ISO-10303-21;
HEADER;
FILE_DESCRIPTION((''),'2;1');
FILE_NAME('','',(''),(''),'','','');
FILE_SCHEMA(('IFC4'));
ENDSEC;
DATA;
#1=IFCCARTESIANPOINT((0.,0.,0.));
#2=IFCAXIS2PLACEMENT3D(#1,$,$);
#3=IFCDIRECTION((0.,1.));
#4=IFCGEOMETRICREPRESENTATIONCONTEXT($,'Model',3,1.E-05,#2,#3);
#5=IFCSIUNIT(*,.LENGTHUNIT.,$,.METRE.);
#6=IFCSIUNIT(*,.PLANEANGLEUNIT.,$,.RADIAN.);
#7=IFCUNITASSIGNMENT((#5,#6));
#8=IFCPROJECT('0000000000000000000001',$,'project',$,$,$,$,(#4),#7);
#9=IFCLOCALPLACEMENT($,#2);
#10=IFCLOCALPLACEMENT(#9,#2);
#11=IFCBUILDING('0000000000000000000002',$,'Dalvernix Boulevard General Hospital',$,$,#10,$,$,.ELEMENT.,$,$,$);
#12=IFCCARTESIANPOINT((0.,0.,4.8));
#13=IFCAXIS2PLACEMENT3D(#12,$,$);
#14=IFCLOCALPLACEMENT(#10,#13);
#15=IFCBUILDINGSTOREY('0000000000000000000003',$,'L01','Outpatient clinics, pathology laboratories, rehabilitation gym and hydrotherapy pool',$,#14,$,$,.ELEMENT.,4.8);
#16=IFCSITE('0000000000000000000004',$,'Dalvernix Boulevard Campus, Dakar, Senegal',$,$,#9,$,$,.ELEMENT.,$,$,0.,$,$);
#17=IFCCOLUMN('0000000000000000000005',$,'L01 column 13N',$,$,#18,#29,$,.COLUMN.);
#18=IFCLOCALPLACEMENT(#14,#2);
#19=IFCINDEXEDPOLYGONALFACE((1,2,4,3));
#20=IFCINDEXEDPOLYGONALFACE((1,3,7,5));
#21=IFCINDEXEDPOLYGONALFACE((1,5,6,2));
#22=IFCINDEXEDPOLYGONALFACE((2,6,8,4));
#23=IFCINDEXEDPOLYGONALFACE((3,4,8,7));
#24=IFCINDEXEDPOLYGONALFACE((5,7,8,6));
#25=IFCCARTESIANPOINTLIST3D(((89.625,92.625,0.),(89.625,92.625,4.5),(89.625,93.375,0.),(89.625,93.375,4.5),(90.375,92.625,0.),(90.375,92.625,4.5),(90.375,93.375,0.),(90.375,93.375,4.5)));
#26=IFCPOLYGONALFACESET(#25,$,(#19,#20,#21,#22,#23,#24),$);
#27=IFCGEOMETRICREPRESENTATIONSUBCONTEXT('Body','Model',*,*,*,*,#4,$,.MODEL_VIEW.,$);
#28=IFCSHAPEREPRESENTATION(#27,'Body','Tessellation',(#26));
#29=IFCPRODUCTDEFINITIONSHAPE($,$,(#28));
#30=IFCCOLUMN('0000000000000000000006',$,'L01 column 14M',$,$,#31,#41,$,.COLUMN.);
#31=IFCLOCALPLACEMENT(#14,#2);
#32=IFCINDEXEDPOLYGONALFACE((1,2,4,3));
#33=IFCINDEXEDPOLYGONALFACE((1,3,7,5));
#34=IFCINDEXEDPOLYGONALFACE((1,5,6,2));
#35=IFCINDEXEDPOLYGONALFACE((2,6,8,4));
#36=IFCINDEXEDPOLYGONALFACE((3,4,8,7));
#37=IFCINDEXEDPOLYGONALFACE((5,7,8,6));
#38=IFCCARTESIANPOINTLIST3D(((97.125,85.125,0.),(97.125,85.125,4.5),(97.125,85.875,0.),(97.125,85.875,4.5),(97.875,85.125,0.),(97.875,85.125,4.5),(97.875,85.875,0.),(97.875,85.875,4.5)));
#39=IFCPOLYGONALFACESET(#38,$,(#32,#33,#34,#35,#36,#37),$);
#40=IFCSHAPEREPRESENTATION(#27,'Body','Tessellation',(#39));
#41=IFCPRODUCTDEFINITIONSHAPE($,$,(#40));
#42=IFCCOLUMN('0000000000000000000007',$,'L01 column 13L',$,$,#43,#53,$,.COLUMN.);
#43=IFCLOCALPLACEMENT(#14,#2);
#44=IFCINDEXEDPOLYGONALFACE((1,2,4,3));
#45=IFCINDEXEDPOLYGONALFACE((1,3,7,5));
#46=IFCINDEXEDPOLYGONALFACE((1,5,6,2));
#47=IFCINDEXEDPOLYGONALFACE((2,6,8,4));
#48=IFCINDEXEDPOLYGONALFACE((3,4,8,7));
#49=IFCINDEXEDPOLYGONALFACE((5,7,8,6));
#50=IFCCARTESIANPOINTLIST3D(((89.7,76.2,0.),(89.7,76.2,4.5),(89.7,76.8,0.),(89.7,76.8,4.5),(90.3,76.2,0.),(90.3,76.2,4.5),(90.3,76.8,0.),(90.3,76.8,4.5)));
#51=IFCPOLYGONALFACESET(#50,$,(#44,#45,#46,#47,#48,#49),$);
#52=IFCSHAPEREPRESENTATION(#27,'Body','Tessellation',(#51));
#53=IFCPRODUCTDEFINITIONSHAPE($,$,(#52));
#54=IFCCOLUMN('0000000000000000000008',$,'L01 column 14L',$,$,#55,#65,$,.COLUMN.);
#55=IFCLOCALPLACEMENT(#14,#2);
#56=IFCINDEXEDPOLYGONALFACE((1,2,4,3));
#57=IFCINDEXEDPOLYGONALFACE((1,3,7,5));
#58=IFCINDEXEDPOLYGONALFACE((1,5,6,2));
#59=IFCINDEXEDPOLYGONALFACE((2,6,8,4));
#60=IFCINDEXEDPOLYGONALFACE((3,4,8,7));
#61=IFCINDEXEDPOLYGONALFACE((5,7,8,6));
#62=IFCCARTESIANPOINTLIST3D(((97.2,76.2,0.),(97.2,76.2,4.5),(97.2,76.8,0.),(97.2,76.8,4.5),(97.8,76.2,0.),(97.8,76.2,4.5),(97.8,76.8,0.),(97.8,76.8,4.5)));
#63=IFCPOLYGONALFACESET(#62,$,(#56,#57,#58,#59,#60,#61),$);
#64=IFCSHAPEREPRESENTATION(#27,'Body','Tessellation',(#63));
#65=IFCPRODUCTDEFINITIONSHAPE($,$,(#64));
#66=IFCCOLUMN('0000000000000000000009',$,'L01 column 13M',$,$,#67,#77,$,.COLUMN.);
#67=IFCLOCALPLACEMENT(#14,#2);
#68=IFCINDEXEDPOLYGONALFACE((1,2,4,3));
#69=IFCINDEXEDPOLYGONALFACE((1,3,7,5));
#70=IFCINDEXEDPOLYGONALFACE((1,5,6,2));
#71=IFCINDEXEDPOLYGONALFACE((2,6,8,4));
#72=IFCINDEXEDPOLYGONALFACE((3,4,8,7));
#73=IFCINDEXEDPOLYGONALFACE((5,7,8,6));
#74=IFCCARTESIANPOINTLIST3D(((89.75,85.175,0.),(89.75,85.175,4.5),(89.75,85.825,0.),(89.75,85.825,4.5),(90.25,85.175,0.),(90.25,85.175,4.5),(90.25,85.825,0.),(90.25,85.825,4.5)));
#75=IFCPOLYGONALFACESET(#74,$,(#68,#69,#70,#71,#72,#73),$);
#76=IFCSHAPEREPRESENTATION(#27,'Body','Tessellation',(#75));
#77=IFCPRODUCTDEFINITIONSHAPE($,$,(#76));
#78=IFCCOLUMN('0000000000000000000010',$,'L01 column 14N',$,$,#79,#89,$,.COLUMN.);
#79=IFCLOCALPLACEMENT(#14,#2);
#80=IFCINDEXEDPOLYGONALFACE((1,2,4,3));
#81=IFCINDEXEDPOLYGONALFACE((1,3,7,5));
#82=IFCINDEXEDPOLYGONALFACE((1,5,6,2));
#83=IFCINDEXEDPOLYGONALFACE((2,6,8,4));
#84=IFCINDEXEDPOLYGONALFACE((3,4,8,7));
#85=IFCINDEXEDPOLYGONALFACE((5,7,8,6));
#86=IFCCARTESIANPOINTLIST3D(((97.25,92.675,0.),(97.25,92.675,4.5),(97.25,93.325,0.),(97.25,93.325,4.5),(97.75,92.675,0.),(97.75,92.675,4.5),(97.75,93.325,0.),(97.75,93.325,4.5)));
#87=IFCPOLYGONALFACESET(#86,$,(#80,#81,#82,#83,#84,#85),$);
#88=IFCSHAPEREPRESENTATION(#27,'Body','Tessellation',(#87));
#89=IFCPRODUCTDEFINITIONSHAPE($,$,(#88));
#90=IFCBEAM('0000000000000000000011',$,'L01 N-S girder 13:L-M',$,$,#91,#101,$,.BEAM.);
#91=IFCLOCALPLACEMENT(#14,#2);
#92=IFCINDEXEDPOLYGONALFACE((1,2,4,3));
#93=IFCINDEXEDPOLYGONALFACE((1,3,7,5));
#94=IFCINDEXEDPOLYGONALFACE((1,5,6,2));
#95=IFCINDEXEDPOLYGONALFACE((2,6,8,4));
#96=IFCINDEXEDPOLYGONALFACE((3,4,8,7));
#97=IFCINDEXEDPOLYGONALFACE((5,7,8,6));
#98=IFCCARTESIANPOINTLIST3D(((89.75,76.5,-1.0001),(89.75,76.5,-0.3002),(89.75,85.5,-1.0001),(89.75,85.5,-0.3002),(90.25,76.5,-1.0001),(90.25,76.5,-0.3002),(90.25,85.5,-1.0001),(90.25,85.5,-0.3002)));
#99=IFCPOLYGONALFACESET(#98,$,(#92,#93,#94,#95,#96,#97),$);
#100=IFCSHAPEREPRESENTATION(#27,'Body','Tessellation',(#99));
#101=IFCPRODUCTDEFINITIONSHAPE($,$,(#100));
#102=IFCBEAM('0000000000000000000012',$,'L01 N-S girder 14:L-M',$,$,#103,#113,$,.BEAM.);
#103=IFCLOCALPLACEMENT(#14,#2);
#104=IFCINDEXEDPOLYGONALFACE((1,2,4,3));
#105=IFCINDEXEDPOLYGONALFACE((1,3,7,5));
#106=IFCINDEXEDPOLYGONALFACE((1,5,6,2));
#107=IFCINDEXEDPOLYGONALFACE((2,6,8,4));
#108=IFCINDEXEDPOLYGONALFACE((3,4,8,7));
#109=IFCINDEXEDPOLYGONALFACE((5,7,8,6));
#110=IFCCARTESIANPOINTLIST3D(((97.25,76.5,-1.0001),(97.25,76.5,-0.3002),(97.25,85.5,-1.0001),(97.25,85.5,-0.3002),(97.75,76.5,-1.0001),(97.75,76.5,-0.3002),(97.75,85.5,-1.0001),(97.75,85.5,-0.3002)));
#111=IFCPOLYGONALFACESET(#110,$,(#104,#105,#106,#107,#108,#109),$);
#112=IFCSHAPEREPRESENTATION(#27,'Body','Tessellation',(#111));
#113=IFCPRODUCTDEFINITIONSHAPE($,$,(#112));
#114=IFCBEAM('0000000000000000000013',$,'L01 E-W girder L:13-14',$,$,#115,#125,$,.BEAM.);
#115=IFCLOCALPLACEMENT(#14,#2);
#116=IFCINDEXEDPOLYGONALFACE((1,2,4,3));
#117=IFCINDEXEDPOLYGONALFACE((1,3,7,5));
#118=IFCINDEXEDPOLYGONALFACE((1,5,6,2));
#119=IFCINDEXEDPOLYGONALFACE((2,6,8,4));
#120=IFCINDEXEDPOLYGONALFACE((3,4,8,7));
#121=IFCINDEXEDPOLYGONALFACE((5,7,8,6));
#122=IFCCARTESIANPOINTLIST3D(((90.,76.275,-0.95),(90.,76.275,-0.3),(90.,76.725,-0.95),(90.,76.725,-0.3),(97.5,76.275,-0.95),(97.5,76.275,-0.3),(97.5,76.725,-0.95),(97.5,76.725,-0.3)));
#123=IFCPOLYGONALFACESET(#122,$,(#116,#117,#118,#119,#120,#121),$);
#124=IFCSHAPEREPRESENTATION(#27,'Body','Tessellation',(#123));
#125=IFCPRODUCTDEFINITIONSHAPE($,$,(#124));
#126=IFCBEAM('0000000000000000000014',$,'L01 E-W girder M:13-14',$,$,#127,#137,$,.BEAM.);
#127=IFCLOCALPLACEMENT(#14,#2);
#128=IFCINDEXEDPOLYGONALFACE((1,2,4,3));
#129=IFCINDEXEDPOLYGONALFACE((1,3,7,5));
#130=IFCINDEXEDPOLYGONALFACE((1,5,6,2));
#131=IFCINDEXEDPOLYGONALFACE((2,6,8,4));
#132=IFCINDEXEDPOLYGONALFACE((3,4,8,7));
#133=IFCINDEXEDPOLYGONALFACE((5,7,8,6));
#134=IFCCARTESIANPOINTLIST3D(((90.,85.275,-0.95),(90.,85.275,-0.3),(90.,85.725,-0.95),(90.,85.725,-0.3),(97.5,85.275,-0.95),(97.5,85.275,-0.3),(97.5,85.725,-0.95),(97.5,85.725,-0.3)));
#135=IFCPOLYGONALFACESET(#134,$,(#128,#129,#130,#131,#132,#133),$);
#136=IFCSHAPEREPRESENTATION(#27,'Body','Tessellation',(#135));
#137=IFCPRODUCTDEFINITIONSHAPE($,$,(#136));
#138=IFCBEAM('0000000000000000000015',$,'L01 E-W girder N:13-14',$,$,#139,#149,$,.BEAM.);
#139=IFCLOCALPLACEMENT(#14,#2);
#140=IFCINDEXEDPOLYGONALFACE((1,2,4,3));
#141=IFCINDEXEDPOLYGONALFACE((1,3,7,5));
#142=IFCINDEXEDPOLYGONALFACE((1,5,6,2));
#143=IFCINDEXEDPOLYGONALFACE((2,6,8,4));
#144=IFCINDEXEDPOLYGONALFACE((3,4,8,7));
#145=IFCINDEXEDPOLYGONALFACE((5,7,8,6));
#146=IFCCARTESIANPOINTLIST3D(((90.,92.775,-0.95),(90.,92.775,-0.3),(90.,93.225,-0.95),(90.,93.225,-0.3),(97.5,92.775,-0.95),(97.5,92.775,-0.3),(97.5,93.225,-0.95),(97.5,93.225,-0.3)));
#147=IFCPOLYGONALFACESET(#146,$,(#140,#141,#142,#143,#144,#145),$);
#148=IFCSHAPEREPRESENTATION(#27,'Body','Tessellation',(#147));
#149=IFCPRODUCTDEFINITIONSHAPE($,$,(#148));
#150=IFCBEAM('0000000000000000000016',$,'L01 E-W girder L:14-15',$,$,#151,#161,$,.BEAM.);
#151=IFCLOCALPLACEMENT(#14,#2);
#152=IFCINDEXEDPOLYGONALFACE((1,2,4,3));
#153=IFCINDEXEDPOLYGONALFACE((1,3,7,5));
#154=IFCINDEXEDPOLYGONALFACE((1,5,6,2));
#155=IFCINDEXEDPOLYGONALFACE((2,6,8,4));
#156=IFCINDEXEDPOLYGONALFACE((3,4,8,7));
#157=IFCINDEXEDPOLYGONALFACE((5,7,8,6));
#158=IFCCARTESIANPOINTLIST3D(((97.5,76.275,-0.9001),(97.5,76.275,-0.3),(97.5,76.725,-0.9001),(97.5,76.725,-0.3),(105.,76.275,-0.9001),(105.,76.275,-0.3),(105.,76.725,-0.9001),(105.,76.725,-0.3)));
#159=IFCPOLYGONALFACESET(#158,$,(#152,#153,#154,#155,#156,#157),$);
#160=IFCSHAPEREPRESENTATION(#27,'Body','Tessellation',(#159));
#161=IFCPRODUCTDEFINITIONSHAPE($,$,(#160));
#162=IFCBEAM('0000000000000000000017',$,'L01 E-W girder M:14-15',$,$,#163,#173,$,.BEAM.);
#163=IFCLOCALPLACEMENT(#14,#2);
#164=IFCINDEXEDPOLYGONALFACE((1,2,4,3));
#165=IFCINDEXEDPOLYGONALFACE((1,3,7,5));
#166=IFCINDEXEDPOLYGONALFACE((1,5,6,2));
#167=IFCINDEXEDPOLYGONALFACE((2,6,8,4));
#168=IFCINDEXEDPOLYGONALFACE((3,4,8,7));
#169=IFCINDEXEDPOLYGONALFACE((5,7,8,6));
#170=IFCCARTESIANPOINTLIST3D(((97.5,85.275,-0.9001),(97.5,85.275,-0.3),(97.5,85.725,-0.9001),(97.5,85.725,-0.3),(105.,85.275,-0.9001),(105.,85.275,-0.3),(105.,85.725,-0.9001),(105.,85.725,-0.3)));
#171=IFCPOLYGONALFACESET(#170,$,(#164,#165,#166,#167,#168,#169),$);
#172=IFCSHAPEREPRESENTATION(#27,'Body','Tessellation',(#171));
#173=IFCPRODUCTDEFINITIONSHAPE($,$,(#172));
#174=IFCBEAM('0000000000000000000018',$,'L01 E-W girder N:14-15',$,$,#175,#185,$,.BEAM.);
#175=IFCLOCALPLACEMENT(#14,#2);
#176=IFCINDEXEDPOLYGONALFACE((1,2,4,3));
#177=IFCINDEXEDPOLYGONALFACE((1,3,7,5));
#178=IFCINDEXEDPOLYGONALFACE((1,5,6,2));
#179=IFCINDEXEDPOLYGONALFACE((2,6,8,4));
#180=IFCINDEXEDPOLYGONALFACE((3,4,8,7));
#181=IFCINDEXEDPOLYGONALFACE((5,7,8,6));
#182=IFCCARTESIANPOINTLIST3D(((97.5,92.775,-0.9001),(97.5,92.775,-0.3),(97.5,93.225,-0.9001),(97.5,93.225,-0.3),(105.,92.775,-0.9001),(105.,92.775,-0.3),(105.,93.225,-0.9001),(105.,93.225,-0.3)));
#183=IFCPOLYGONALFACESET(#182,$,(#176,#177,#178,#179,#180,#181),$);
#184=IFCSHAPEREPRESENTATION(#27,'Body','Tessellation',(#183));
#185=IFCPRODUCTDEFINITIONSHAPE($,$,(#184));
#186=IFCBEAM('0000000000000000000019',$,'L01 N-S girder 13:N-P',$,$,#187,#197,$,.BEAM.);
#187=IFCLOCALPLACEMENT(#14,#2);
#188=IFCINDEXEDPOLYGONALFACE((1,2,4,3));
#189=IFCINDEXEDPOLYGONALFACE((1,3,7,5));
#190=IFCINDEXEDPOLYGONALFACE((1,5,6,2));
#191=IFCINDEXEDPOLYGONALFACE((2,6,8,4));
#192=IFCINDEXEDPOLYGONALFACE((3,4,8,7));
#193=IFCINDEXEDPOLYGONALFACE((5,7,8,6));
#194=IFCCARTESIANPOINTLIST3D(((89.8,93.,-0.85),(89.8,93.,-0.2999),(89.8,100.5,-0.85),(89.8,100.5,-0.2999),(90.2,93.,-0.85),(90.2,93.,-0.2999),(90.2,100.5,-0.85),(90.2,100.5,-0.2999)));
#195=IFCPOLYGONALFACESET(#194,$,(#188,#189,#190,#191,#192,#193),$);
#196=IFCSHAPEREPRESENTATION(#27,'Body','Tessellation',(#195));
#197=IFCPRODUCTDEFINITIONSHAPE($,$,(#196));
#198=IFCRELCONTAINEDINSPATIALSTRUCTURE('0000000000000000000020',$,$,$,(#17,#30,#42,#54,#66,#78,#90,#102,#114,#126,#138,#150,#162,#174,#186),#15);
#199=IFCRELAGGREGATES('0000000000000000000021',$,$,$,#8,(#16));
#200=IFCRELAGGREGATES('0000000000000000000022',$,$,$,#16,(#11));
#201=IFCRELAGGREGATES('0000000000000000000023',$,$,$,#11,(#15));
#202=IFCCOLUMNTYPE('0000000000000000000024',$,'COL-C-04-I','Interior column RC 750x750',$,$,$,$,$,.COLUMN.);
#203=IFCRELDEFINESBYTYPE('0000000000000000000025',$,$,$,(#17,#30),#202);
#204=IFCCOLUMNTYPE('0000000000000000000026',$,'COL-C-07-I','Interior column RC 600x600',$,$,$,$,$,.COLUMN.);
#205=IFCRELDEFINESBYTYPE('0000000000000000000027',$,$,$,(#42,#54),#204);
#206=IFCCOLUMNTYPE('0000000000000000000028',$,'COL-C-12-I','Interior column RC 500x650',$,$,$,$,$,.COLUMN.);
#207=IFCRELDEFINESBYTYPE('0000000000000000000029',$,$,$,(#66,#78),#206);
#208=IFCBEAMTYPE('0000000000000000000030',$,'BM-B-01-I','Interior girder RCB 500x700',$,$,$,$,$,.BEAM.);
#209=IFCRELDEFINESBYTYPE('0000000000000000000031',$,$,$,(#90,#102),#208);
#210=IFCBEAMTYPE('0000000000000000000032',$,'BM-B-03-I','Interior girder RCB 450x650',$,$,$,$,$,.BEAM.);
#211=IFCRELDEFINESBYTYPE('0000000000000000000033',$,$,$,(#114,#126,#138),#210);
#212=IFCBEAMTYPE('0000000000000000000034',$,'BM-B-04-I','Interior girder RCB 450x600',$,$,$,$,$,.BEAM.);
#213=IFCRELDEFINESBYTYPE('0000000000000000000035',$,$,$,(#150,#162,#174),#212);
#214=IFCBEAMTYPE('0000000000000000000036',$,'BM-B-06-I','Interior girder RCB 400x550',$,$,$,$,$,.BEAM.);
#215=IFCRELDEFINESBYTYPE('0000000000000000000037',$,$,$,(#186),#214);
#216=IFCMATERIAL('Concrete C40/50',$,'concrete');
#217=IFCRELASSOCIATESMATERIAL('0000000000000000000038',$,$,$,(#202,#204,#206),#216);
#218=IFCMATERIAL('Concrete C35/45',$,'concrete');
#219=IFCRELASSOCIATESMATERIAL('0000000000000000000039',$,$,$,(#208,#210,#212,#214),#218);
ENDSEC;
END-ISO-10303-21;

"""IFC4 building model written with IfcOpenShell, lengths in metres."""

from ifc_helpers import new_model, si_unit, direction, frame, origin, origin_2d, place, context, subcontext, project, spatial, rectangle, extrude, material, material_profile, profile_set, type_object, element, save


model = new_model("IFC4")

# Units and contexts
model_context = context("Model", 3, precision=1e-05, world=origin(), true_north=direction((0.0, 1.0)))
body_context = subcontext(model_context, "Body", "Model", "MODEL_VIEW")
ifc_project = project(units=[si_unit("LENGTHUNIT", "METRE"), si_unit("PLANEANGLEUNIT", "RADIAN")], contexts=[model_context])

# Site, building, storey
site_placement = place(None, origin())
site = spatial("IfcSite", under=ifc_project, at=site_placement, Name="Dalvernix Boulevard Campus, Dakar, Senegal", CompositionType="ELEMENT", RefElevation=0.0)
building_placement = place(site_placement, origin())
building = spatial("IfcBuilding", under=site, at=building_placement, Name="Dalvernix Boulevard General Hospital", CompositionType="ELEMENT")
storey_placement = place(building_placement, frame((0.0, 0.0, 4.8)))
storey = spatial("IfcBuildingStorey", under=building, at=storey_placement, Name="L01", Description="Outpatient clinics, pathology laboratories, rehabilitation gym and hydrotherapy pool", CompositionType="ELEMENT", Elevation=4.8)

# Columns
ifc_material_1 = material(Name="Concrete C40/50", Category="concrete")
ifc_material_profile_1 = material_profile(ifc_material_1, rectangle(XDim=0.75, YDim=0.75, at=origin_2d()), Name="RC 750x750")
ifc_profile_set_1 = profile_set([ifc_material_profile_1], Name="Concrete C40/50")
column_type_1 = type_object("IfcColumnType", Name="COL-C-04-I", Description="Interior column RC 750x750", PredefinedType="COLUMN", material=ifc_profile_set_1)
for number, where, z_axis, x_axis, name in (
    (1, (90.0, 93.0, 0.0), (0.0, 0.0, 1.0), (1.0, 0.0, 0.0), "L01 column 13N"),
    (2, (97.5, 85.5, 0.0), (0.0, 0.0, 1.0), (1.0, 0.0, 0.0), "L01 column 14M"),
):
    element("IfcColumn", number, at=place(storey_placement, frame(where, z_axis=z_axis, x_axis=x_axis)), inside=storey, type_object=column_type_1, Name=name, PredefinedType="COLUMN", context=body_context, shape_type="SweptSolid", body=[
        extrude(rectangle(XDim=0.75, YDim=0.75, at=origin_2d()), origin(), (0.0, 0.0, 1.0), 4.5),
    ])
ifc_material_profile_2 = material_profile(ifc_material_1, rectangle(XDim=0.6001, YDim=0.6001, at=origin_2d()), Name="RC 600x600")
ifc_profile_set_2 = profile_set([ifc_material_profile_2], Name="Concrete C40/50")
column_type_2 = type_object("IfcColumnType", Name="COL-C-07-I", Description="Interior column RC 600x600", PredefinedType="COLUMN", material=ifc_profile_set_2)
for number, where, z_axis, x_axis, name in (
    (3, (90.0, 76.5, 0.0), (0.0, 0.0, 1.0), (1.0, 0.0, 0.0), "L01 column 13L"),
    (4, (97.5, 76.5, 0.0), (0.0, 0.0, 1.0), (1.0, 0.0, 0.0), "L01 column 14L"),
):
    element("IfcColumn", number, at=place(storey_placement, frame(where, z_axis=z_axis, x_axis=x_axis)), inside=storey, type_object=column_type_2, Name=name, PredefinedType="COLUMN", context=body_context, shape_type="SweptSolid", body=[
        extrude(rectangle(XDim=0.6001, YDim=0.6001, at=origin_2d()), origin(), (0.0, 0.0, 1.0), 4.5),
    ])
ifc_material_profile_3 = material_profile(ifc_material_1, rectangle(XDim=0.5, YDim=0.6499, at=origin_2d()), Name="RC 500x650")
ifc_profile_set_3 = profile_set([ifc_material_profile_3], Name="Concrete C40/50")
column_type_3 = type_object("IfcColumnType", Name="COL-C-12-I", Description="Interior column RC 500x650", PredefinedType="COLUMN", material=ifc_profile_set_3)
for number, where, z_axis, x_axis, name in (
    (5, (90.0, 85.5, 0.0), (0.0, 0.0, 1.0), (1.0, 0.0, 0.0), "L01 column 13M"),
    (6, (97.5, 93.0, 0.0), (0.0, 0.0, 1.0), (1.0, 0.0, 0.0), "L01 column 14N"),
):
    element("IfcColumn", number, at=place(storey_placement, frame(where, z_axis=z_axis, x_axis=x_axis)), inside=storey, type_object=column_type_3, Name=name, PredefinedType="COLUMN", context=body_context, shape_type="SweptSolid", body=[
        extrude(rectangle(XDim=0.5, YDim=0.6499, at=origin_2d()), origin(), (0.0, 0.0, 1.0), 4.5),
    ])

# Beams
ifc_material_2 = material(Name="Concrete C35/45", Category="concrete")
ifc_material_profile_4 = material_profile(ifc_material_2, rectangle(XDim=0.5, YDim=0.7, at=origin_2d()), Name="RCB 500x700")
ifc_profile_set_4 = profile_set([ifc_material_profile_4], Name="Concrete C35/45")
beam_type_1 = type_object("IfcBeamType", Name="BM-B-01-I", Description="Interior girder RCB 500x700", PredefinedType="BEAM", material=ifc_profile_set_4)
for number, where, z_axis, x_axis, name in (
    (7, (90.0, 76.5, -0.6501), (0.0, 1.0, 0.0), (-1.0, 0.0, 0.0), "L01 N-S girder 13:L-M"),
    (8, (97.5, 76.5, -0.6501), (0.0, 1.0, 0.0), (-1.0, 0.0, 0.0), "L01 N-S girder 14:L-M"),
):
    element("IfcBeam", number, at=place(storey_placement, frame(where, z_axis=z_axis, x_axis=x_axis)), inside=storey, type_object=beam_type_1, Name=name, PredefinedType="BEAM", context=body_context, shape_type="SweptSolid", body=[
        extrude(rectangle(XDim=0.5, YDim=0.7, at=origin_2d()), origin(), (0.0, 0.0, 1.0), 9.0),
    ])
ifc_material_profile_5 = material_profile(ifc_material_2, rectangle(XDim=0.45, YDim=0.6499, at=origin_2d()), Name="RCB 450x650")
ifc_profile_set_5 = profile_set([ifc_material_profile_5], Name="Concrete C35/45")
beam_type_2 = type_object("IfcBeamType", Name="BM-B-03-I", Description="Interior girder RCB 450x650", PredefinedType="BEAM", material=ifc_profile_set_5)
for number, where, z_axis, x_axis, name in (
    (9, (90.0, 76.5, -0.625), (1.0, 0.0, 0.0), (0.0, 1.0, 0.0), "L01 E-W girder L:13-14"),
    (10, (90.0, 85.5, -0.625), (1.0, 0.0, 0.0), (0.0, 1.0, 0.0), "L01 E-W girder M:13-14"),
    (11, (90.0, 93.0, -0.625), (1.0, 0.0, 0.0), (0.0, 1.0, 0.0), "L01 E-W girder N:13-14"),
):
    element("IfcBeam", number, at=place(storey_placement, frame(where, z_axis=z_axis, x_axis=x_axis)), inside=storey, type_object=beam_type_2, Name=name, PredefinedType="BEAM", context=body_context, shape_type="SweptSolid", body=[
        extrude(rectangle(XDim=0.45, YDim=0.6499, at=origin_2d()), origin(), (0.0, 0.0, 1.0), 7.5),
    ])
ifc_material_profile_6 = material_profile(ifc_material_2, rectangle(XDim=0.45, YDim=0.6001, at=origin_2d()), Name="RCB 450x600")
ifc_profile_set_6 = profile_set([ifc_material_profile_6], Name="Concrete C35/45")
beam_type_3 = type_object("IfcBeamType", Name="BM-B-04-I", Description="Interior girder RCB 450x600", PredefinedType="BEAM", material=ifc_profile_set_6)
for number, where, z_axis, x_axis, name in (
    (12, (97.5, 76.5, -0.6001), (1.0, 0.0, 0.0), (0.0, 1.0, 0.0), "L01 E-W girder L:14-15"),
    (13, (97.5, 85.5, -0.6001), (1.0, 0.0, 0.0), (0.0, 1.0, 0.0), "L01 E-W girder M:14-15"),
    (14, (97.5, 93.0, -0.6001), (1.0, 0.0, 0.0), (0.0, 1.0, 0.0), "L01 E-W girder N:14-15"),
):
    element("IfcBeam", number, at=place(storey_placement, frame(where, z_axis=z_axis, x_axis=x_axis)), inside=storey, type_object=beam_type_3, Name=name, PredefinedType="BEAM", context=body_context, shape_type="SweptSolid", body=[
        extrude(rectangle(XDim=0.45, YDim=0.6001, at=origin_2d()), origin(), (0.0, 0.0, 1.0), 7.5),
    ])
ifc_material_profile_7 = material_profile(ifc_material_2, rectangle(XDim=0.3999, YDim=0.55, at=origin_2d()), Name="RCB 400x550")
ifc_profile_set_7 = profile_set([ifc_material_profile_7], Name="Concrete C35/45")
beam_type_4 = type_object("IfcBeamType", Name="BM-B-06-I", Description="Interior girder RCB 400x550", PredefinedType="BEAM", material=ifc_profile_set_7)
for number, where, z_axis, x_axis, name in (
    (15, (90.0, 93.0, -0.575), (0.0, 1.0, 0.0), (-1.0, 0.0, 0.0), "L01 N-S girder 13:N-P"),
):
    element("IfcBeam", number, at=place(storey_placement, frame(where, z_axis=z_axis, x_axis=x_axis)), inside=storey, type_object=beam_type_4, Name=name, PredefinedType="BEAM", context=body_context, shape_type="SweptSolid", body=[
        extrude(rectangle(XDim=0.3999, YDim=0.55, at=origin_2d()), origin(), (0.0, 0.0, 1.0), 7.5),
    ])

save(model, "model.ifc")
